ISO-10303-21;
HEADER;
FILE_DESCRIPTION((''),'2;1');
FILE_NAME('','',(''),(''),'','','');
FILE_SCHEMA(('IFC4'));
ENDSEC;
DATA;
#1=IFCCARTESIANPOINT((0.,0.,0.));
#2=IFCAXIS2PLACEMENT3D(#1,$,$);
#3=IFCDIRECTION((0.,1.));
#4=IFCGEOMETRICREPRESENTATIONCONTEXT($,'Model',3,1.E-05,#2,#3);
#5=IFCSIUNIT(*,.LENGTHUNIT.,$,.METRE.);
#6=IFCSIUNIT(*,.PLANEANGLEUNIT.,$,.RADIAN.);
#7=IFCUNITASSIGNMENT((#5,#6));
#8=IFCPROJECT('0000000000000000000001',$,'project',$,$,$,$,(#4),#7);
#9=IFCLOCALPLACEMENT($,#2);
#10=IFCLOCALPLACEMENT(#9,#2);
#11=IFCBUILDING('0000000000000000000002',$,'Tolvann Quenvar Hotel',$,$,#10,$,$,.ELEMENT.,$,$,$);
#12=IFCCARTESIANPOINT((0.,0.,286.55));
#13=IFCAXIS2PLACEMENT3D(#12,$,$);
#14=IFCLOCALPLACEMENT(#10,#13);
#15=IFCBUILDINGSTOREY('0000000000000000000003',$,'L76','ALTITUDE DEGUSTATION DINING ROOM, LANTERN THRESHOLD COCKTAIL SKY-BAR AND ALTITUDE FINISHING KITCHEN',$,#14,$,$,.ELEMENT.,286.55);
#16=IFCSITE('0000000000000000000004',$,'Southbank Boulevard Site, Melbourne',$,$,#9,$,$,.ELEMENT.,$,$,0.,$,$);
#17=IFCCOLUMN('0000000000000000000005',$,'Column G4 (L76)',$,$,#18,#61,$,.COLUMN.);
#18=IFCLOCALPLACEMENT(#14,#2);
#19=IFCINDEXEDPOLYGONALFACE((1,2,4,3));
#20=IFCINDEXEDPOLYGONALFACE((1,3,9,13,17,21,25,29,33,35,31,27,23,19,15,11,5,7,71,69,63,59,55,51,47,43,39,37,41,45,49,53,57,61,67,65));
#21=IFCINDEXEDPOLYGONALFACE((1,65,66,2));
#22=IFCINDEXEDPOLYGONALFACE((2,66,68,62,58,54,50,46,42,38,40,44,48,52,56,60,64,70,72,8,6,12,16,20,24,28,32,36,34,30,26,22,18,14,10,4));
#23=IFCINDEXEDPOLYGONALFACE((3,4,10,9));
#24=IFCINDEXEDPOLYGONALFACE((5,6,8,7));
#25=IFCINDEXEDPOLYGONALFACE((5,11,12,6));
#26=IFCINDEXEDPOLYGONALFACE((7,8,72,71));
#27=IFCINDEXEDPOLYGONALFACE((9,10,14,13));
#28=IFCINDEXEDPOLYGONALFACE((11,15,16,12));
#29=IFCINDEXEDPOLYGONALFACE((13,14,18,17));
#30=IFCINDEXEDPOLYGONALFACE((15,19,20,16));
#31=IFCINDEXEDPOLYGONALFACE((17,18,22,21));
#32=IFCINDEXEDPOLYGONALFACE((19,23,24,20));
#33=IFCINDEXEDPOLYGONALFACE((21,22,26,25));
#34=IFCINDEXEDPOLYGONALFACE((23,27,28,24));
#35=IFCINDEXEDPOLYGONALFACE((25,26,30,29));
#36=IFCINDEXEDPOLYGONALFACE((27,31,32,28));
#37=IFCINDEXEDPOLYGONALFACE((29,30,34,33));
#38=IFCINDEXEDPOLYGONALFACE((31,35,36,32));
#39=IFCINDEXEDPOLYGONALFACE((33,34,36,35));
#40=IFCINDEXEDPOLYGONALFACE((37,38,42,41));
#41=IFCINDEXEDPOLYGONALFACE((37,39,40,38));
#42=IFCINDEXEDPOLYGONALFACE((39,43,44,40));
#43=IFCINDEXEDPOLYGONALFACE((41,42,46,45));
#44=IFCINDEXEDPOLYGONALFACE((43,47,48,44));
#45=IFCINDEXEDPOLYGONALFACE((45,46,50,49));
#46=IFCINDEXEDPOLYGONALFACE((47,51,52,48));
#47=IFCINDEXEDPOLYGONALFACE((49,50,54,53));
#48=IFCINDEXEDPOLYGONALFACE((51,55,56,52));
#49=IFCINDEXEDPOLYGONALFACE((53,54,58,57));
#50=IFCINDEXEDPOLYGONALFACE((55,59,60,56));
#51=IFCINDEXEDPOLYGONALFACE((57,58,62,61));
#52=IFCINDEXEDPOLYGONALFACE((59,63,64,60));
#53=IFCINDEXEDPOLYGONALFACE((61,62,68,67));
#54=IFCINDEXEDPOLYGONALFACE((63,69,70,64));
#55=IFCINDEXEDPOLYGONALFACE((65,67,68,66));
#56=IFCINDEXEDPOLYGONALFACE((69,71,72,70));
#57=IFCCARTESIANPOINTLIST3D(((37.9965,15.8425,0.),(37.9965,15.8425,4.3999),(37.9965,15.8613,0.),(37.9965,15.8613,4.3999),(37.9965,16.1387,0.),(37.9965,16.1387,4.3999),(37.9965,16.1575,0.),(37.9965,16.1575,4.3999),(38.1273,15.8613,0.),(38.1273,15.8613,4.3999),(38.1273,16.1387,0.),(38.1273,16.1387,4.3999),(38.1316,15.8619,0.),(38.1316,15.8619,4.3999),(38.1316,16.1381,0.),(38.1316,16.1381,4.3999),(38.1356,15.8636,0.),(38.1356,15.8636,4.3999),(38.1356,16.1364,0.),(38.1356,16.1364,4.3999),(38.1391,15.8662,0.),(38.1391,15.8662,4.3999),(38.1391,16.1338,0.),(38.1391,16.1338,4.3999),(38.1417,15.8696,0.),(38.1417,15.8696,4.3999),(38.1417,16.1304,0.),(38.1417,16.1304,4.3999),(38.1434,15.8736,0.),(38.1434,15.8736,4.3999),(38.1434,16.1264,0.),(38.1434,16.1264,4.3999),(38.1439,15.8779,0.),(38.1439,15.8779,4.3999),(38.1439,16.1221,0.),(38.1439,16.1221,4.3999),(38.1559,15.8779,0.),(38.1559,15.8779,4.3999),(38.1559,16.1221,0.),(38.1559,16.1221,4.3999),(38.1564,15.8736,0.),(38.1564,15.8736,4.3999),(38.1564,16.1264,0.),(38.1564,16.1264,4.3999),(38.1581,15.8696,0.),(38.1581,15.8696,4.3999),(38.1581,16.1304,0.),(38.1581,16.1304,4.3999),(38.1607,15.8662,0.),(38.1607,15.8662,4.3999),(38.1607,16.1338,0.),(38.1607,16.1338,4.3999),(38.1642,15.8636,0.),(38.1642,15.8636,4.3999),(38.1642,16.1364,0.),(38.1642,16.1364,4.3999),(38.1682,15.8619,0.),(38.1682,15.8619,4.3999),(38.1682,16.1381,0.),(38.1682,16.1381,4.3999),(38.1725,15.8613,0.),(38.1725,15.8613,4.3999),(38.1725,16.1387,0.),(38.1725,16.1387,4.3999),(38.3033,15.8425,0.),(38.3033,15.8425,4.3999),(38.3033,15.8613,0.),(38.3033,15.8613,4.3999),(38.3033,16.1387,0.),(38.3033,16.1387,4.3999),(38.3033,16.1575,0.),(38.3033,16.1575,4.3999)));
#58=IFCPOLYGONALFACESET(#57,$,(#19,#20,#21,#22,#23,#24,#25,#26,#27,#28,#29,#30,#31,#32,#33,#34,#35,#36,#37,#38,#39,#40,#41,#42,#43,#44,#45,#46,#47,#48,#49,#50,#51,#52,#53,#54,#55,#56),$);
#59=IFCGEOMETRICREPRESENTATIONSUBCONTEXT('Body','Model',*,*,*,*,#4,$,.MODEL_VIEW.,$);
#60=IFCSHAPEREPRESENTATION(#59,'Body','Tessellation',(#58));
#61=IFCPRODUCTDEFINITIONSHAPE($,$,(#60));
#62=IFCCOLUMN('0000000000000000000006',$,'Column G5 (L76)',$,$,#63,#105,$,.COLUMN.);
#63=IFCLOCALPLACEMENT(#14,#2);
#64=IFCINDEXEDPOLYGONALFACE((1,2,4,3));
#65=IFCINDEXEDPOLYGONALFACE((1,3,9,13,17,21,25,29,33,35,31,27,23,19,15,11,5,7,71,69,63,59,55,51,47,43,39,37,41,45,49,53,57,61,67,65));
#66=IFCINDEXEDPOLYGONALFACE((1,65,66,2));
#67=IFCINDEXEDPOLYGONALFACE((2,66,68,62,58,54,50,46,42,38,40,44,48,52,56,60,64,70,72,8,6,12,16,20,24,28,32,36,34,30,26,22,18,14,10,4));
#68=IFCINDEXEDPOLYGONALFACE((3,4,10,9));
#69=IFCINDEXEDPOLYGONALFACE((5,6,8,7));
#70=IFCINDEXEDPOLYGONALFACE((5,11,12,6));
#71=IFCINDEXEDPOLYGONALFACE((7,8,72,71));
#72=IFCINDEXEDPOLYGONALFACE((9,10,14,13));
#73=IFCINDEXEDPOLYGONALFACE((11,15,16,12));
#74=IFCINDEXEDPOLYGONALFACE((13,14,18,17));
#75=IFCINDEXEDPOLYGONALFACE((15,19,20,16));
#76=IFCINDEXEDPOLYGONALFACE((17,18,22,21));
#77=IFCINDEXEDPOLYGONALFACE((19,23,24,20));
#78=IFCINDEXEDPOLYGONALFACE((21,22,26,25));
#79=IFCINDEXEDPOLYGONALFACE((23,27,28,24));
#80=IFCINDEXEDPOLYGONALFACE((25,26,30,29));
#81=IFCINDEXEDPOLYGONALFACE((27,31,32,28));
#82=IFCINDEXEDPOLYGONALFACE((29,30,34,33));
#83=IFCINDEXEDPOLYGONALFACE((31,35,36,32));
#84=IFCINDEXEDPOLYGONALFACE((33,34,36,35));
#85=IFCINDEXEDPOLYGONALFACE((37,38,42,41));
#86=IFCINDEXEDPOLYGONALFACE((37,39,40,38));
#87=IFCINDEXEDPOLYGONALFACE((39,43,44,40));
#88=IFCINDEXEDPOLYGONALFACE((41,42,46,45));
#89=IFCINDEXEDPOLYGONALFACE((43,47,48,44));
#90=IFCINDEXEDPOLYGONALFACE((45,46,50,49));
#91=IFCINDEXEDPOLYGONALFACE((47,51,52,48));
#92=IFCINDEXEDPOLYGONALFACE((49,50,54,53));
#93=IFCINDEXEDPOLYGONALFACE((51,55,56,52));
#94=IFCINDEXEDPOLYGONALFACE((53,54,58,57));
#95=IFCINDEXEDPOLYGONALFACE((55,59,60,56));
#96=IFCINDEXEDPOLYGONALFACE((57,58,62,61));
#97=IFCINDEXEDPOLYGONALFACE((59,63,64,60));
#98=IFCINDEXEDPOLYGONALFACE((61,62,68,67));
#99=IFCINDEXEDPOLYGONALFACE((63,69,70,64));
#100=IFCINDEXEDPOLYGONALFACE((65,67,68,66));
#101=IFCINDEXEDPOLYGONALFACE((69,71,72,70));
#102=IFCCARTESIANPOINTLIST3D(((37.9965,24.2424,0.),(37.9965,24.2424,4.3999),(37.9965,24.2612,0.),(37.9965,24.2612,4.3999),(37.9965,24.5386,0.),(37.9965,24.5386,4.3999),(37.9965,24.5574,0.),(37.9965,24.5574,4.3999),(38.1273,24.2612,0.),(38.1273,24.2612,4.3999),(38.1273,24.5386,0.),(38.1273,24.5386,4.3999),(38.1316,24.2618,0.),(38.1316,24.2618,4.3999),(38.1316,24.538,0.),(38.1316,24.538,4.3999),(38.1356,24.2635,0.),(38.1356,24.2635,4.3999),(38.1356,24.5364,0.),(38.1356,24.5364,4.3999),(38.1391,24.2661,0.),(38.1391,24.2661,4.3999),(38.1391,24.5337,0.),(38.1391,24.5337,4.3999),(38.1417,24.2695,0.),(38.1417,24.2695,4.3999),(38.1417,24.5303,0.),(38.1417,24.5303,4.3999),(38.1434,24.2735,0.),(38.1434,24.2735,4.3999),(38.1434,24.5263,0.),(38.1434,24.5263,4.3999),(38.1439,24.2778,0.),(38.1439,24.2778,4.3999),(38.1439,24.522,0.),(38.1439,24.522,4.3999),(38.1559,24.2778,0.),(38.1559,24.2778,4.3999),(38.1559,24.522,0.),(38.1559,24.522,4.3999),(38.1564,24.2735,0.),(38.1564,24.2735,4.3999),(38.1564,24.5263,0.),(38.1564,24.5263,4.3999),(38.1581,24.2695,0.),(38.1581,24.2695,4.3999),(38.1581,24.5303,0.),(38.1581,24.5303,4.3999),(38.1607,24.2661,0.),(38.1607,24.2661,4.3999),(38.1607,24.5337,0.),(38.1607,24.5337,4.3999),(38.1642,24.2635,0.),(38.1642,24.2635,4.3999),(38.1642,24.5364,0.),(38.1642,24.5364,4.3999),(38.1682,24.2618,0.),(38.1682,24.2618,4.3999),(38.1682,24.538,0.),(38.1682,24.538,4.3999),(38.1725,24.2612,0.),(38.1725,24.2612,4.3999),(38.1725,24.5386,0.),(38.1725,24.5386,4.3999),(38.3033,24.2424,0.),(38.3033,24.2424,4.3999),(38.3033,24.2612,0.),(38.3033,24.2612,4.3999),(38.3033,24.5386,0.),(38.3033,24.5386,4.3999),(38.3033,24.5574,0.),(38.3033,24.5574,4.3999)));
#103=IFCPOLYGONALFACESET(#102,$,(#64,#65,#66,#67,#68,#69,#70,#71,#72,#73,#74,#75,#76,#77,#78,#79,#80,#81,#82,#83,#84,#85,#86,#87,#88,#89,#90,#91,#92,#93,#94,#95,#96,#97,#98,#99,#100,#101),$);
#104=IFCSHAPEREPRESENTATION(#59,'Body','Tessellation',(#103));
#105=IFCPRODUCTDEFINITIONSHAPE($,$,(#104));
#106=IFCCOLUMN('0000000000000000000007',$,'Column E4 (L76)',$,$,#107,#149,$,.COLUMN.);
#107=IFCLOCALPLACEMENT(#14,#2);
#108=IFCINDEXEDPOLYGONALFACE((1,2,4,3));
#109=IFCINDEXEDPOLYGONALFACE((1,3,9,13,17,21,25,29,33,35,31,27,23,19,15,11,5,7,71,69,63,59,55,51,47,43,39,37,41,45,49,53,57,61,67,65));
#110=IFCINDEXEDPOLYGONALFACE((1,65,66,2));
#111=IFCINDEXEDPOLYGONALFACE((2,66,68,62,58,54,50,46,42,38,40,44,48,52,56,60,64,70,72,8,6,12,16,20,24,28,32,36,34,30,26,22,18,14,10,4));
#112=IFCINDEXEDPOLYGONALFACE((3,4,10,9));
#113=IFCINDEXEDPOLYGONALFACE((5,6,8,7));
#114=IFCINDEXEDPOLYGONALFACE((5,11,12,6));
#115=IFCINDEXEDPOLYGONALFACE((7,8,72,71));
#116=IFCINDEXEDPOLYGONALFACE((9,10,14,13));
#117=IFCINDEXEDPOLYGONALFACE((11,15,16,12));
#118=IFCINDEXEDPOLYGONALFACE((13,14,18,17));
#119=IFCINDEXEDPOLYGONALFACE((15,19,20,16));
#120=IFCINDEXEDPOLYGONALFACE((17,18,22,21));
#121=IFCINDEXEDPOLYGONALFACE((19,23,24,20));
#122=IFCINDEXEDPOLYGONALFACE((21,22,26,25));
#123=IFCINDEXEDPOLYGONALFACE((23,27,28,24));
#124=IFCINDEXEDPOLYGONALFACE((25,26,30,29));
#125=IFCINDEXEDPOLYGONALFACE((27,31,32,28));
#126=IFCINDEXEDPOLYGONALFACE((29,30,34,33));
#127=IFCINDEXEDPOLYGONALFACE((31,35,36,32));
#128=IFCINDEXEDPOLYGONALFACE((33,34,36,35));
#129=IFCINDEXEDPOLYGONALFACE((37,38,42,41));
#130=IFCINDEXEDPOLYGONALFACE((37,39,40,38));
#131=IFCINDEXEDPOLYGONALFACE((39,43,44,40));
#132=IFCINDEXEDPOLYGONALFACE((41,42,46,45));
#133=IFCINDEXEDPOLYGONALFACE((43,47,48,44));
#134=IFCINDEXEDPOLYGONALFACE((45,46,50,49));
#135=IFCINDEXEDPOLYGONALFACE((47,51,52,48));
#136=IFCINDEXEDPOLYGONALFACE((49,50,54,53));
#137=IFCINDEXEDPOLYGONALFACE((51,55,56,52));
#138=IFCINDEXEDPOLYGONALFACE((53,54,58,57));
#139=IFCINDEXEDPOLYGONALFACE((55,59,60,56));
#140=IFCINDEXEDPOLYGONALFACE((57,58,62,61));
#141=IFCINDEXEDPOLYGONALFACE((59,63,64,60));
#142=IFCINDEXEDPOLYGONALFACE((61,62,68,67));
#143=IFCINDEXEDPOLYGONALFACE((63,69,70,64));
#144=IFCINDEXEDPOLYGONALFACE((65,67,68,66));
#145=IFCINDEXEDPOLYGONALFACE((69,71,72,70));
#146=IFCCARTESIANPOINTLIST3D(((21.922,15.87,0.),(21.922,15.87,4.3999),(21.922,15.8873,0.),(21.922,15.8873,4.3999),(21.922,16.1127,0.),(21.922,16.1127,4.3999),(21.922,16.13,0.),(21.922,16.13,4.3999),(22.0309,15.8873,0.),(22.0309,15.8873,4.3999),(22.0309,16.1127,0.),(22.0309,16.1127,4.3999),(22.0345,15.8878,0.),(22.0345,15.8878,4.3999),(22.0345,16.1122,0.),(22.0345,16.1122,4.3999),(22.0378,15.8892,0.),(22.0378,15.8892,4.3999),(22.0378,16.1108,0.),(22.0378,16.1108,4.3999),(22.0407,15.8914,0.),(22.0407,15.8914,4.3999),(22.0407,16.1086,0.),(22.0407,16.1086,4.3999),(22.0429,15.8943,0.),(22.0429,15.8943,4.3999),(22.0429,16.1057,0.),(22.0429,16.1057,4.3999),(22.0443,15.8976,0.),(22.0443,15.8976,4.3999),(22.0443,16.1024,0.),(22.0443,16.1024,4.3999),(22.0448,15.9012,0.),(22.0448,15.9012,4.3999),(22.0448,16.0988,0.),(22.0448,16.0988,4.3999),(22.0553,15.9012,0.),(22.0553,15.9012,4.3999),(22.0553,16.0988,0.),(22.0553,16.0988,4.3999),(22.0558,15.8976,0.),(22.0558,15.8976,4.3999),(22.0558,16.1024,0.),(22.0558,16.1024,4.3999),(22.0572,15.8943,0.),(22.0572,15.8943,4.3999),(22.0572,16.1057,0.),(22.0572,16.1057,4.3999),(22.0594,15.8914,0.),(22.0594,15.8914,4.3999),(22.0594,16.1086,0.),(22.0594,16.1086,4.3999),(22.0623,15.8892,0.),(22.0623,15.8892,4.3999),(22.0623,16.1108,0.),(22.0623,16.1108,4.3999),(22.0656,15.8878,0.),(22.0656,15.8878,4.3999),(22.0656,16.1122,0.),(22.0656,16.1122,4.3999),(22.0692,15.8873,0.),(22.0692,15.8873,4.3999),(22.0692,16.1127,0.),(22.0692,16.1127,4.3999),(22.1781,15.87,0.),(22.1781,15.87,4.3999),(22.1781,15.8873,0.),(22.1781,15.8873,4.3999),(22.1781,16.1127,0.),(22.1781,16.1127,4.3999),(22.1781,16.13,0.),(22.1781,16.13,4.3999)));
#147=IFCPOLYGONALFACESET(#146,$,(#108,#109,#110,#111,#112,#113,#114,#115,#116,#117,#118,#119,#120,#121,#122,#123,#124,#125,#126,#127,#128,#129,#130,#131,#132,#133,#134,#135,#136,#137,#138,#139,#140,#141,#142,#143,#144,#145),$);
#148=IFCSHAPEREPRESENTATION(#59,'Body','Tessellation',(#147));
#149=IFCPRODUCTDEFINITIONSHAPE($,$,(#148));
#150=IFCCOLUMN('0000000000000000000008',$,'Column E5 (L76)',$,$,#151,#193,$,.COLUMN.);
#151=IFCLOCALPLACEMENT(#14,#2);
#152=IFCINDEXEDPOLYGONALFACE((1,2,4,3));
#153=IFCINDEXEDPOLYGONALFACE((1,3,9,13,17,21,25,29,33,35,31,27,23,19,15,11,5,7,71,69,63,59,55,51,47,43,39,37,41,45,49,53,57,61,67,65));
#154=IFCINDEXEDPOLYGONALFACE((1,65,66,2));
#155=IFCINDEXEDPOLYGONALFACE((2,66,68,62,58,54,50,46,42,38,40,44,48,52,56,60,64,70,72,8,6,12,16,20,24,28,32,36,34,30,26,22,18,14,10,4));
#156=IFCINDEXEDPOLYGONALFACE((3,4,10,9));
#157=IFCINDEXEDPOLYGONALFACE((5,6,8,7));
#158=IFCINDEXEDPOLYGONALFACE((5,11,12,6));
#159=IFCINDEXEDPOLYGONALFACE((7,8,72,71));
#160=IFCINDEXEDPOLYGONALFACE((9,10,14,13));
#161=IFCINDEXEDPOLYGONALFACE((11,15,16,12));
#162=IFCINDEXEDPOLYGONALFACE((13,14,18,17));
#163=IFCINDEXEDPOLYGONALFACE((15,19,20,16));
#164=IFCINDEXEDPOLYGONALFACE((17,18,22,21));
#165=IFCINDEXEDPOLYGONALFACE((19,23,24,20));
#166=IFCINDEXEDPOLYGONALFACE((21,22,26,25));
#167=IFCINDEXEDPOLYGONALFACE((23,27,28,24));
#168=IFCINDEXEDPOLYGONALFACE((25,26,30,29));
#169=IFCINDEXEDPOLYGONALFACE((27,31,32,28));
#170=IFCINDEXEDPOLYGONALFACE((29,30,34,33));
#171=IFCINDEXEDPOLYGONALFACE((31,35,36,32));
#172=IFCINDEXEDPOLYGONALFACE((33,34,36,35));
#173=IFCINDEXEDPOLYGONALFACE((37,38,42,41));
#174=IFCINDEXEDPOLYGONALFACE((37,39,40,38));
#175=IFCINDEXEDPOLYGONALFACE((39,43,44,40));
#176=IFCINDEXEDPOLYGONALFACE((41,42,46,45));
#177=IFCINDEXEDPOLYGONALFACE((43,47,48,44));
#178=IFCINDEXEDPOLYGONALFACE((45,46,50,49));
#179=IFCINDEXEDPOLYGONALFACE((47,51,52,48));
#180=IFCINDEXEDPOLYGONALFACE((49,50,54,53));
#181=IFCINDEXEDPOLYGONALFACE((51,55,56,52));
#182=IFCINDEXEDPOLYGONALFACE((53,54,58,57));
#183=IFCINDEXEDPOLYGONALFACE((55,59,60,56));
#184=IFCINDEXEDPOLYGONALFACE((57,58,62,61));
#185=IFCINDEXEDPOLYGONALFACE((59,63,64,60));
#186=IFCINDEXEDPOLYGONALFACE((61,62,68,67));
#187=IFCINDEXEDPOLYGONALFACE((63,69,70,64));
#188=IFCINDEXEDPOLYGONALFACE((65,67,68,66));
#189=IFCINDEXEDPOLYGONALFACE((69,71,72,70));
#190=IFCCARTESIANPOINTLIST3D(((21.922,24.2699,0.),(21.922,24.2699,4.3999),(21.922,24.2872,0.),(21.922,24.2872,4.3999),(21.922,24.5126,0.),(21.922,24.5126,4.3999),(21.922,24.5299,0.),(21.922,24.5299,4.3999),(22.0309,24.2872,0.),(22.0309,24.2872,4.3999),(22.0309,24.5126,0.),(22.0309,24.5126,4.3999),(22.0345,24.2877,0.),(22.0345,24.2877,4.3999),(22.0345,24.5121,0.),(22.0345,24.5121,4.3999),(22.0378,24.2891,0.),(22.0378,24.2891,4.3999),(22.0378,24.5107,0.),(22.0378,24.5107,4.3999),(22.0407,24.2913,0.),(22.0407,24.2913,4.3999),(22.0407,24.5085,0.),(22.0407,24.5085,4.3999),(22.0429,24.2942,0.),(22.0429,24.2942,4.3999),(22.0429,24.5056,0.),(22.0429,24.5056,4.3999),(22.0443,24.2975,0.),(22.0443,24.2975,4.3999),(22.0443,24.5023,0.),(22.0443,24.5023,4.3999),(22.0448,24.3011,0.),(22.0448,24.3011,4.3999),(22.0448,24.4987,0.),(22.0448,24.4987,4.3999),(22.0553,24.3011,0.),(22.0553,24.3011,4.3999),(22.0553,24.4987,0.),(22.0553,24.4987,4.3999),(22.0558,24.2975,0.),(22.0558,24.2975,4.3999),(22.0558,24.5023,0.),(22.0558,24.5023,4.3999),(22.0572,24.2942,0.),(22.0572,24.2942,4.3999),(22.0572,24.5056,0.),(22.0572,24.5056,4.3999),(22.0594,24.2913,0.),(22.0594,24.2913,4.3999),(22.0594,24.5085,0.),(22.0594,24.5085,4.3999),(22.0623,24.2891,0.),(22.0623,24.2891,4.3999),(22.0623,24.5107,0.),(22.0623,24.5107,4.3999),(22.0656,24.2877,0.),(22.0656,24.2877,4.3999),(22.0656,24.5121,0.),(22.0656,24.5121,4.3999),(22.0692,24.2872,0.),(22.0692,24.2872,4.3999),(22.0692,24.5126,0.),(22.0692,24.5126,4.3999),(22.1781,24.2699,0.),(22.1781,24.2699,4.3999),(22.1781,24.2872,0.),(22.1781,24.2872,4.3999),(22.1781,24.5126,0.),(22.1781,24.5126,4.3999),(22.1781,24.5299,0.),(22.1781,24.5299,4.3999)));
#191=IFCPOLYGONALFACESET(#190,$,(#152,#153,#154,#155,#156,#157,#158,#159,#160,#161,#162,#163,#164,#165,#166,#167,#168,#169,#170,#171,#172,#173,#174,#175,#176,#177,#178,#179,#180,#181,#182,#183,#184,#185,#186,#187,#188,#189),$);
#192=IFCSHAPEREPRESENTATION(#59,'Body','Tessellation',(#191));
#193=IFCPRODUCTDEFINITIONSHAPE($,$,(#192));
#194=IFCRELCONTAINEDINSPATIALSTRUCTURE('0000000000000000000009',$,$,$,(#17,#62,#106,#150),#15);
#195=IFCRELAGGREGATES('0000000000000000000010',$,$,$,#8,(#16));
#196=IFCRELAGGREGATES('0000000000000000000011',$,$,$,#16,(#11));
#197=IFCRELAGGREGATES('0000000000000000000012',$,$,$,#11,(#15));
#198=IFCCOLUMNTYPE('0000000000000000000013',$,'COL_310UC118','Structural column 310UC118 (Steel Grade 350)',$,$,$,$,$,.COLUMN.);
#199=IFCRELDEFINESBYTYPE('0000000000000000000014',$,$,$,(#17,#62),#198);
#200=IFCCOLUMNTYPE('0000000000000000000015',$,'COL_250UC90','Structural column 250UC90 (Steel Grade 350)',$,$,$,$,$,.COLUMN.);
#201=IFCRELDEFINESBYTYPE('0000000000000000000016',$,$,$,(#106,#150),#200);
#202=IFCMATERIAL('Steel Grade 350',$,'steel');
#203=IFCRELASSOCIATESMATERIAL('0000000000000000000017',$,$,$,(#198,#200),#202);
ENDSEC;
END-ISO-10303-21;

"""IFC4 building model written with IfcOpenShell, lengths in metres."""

from ifc_helpers import new_model, si_unit, direction, frame, origin, origin_2d, place, context, subcontext, project, spatial, i_section, extrude, source, transform, mapped, material, material_profile, profile_set, type_object, type_shapes, element, save


model = new_model("IFC4")

# Units and contexts
model_context = context("Model", 3, precision=1e-05, world=origin(), true_north=direction((0.0, 1.0)))
body_context = subcontext(model_context, "Body", "Model", "MODEL_VIEW")
ifc_project = project(units=[si_unit("LENGTHUNIT", "METRE"), si_unit("PLANEANGLEUNIT", "RADIAN")], contexts=[model_context])

# Site, building, storey
site_placement = place(None, origin())
site = spatial("IfcSite", under=ifc_project, at=site_placement, Name="Southbank Boulevard Site, Melbourne", CompositionType="ELEMENT", RefElevation=0.0)
building_placement = place(site_placement, origin())
building = spatial("IfcBuilding", under=site, at=building_placement, Name="Tolvann Quenvar Hotel", CompositionType="ELEMENT")
storey_placement = place(building_placement, frame((0.0, 0.0, 286.55)))
storey = spatial("IfcBuildingStorey", under=building, at=storey_placement, Name="L76", Description="ALTITUDE DEGUSTATION DINING ROOM, LANTERN THRESHOLD COCKTAIL SKY-BAR AND ALTITUDE FINISHING KITCHEN", CompositionType="ELEMENT", Elevation=286.55)

# Columns
ifc_material_1 = material(Name="Steel Grade 350", Category="steel")
ifc_material_profile_1 = material_profile(ifc_material_1, i_section(OverallWidth=0.3069, OverallDepth=0.3149, WebThickness=0.012, FlangeThickness=0.0188, FilletRadius=0.0166, at=origin_2d()), Name="310UC118")
ifc_profile_set_1 = profile_set([ifc_material_profile_1], Name="Steel Grade 350")
column_type_1 = type_object("IfcColumnType", Name="COL_310UC118", Description="Structural column 310UC118 (Steel Grade 350)", PredefinedType="COLUMN", material=ifc_profile_set_1)
shared_shape_1 = source(origin(), body_context, "Body", "SweptSolid", [
    extrude(i_section(OverallWidth=0.3069, OverallDepth=0.3149, WebThickness=0.012, FlangeThickness=0.0188, FilletRadius=0.0166, at=origin_2d()), origin(), (0.0, 0.0, 1.0), 4.3999),
])
type_shapes(column_type_1, [shared_shape_1])
for number, where, z_axis, x_axis, name in (
    (1, (38.1499, 16.0, 0.0), (0.0, 0.0, 1.0), (1.0, 0.0, 0.0), "Column G4 (L76)"),
    (2, (38.1499, 24.3999, 0.0), (0.0, 0.0, 1.0), (1.0, 0.0, 0.0), "Column G5 (L76)"),
):
    element("IfcColumn", number, at=place(storey_placement, frame(where, z_axis=z_axis, x_axis=x_axis)), inside=storey, type_object=column_type_1, Name=name, PredefinedType="COLUMN", context=body_context, shape_type="MappedRepresentation", body=[
        mapped(shared_shape_1, transform((0.0, 0.0, 0.0), x_axis=(1.0, 0.0, 0.0), y_axis=(0.0, 1.0, 0.0), z_axis=(0.0, 0.0, 1.0), scale=1.0)),
    ])
ifc_material_profile_2 = material_profile(ifc_material_1, i_section(OverallWidth=0.2561, OverallDepth=0.26, WebThickness=0.0105, FlangeThickness=0.0173, FilletRadius=0.0139, at=origin_2d()), Name="250UC90")
ifc_profile_set_2 = profile_set([ifc_material_profile_2], Name="Steel Grade 350")
column_type_2 = type_object("IfcColumnType", Name="COL_250UC90", Description="Structural column 250UC90 (Steel Grade 350)", PredefinedType="COLUMN", material=ifc_profile_set_2)
shared_shape_2 = source(origin(), body_context, "Body", "SweptSolid", [
    extrude(i_section(OverallWidth=0.2561, OverallDepth=0.26, WebThickness=0.0105, FlangeThickness=0.0173, FilletRadius=0.0139, at=origin_2d()), origin(), (0.0, 0.0, 1.0), 4.3999),
])
type_shapes(column_type_2, [shared_shape_2])
for number, where, z_axis, x_axis, name in (
    (3, (22.05, 16.0, 0.0), (0.0, 0.0, 1.0), (1.0, 0.0, 0.0), "Column E4 (L76)"),
    (4, (22.05, 24.3999, 0.0), (0.0, 0.0, 1.0), (1.0, 0.0, 0.0), "Column E5 (L76)"),
):
    element("IfcColumn", number, at=place(storey_placement, frame(where, z_axis=z_axis, x_axis=x_axis)), inside=storey, type_object=column_type_2, Name=name, PredefinedType="COLUMN", context=body_context, shape_type="MappedRepresentation", body=[
        mapped(shared_shape_2, transform((0.0, 0.0, 0.0), x_axis=(1.0, 0.0, 0.0), y_axis=(0.0, 1.0, 0.0), z_axis=(0.0, 0.0, 1.0), scale=1.0)),
    ])

save(model, "model.ifc")
